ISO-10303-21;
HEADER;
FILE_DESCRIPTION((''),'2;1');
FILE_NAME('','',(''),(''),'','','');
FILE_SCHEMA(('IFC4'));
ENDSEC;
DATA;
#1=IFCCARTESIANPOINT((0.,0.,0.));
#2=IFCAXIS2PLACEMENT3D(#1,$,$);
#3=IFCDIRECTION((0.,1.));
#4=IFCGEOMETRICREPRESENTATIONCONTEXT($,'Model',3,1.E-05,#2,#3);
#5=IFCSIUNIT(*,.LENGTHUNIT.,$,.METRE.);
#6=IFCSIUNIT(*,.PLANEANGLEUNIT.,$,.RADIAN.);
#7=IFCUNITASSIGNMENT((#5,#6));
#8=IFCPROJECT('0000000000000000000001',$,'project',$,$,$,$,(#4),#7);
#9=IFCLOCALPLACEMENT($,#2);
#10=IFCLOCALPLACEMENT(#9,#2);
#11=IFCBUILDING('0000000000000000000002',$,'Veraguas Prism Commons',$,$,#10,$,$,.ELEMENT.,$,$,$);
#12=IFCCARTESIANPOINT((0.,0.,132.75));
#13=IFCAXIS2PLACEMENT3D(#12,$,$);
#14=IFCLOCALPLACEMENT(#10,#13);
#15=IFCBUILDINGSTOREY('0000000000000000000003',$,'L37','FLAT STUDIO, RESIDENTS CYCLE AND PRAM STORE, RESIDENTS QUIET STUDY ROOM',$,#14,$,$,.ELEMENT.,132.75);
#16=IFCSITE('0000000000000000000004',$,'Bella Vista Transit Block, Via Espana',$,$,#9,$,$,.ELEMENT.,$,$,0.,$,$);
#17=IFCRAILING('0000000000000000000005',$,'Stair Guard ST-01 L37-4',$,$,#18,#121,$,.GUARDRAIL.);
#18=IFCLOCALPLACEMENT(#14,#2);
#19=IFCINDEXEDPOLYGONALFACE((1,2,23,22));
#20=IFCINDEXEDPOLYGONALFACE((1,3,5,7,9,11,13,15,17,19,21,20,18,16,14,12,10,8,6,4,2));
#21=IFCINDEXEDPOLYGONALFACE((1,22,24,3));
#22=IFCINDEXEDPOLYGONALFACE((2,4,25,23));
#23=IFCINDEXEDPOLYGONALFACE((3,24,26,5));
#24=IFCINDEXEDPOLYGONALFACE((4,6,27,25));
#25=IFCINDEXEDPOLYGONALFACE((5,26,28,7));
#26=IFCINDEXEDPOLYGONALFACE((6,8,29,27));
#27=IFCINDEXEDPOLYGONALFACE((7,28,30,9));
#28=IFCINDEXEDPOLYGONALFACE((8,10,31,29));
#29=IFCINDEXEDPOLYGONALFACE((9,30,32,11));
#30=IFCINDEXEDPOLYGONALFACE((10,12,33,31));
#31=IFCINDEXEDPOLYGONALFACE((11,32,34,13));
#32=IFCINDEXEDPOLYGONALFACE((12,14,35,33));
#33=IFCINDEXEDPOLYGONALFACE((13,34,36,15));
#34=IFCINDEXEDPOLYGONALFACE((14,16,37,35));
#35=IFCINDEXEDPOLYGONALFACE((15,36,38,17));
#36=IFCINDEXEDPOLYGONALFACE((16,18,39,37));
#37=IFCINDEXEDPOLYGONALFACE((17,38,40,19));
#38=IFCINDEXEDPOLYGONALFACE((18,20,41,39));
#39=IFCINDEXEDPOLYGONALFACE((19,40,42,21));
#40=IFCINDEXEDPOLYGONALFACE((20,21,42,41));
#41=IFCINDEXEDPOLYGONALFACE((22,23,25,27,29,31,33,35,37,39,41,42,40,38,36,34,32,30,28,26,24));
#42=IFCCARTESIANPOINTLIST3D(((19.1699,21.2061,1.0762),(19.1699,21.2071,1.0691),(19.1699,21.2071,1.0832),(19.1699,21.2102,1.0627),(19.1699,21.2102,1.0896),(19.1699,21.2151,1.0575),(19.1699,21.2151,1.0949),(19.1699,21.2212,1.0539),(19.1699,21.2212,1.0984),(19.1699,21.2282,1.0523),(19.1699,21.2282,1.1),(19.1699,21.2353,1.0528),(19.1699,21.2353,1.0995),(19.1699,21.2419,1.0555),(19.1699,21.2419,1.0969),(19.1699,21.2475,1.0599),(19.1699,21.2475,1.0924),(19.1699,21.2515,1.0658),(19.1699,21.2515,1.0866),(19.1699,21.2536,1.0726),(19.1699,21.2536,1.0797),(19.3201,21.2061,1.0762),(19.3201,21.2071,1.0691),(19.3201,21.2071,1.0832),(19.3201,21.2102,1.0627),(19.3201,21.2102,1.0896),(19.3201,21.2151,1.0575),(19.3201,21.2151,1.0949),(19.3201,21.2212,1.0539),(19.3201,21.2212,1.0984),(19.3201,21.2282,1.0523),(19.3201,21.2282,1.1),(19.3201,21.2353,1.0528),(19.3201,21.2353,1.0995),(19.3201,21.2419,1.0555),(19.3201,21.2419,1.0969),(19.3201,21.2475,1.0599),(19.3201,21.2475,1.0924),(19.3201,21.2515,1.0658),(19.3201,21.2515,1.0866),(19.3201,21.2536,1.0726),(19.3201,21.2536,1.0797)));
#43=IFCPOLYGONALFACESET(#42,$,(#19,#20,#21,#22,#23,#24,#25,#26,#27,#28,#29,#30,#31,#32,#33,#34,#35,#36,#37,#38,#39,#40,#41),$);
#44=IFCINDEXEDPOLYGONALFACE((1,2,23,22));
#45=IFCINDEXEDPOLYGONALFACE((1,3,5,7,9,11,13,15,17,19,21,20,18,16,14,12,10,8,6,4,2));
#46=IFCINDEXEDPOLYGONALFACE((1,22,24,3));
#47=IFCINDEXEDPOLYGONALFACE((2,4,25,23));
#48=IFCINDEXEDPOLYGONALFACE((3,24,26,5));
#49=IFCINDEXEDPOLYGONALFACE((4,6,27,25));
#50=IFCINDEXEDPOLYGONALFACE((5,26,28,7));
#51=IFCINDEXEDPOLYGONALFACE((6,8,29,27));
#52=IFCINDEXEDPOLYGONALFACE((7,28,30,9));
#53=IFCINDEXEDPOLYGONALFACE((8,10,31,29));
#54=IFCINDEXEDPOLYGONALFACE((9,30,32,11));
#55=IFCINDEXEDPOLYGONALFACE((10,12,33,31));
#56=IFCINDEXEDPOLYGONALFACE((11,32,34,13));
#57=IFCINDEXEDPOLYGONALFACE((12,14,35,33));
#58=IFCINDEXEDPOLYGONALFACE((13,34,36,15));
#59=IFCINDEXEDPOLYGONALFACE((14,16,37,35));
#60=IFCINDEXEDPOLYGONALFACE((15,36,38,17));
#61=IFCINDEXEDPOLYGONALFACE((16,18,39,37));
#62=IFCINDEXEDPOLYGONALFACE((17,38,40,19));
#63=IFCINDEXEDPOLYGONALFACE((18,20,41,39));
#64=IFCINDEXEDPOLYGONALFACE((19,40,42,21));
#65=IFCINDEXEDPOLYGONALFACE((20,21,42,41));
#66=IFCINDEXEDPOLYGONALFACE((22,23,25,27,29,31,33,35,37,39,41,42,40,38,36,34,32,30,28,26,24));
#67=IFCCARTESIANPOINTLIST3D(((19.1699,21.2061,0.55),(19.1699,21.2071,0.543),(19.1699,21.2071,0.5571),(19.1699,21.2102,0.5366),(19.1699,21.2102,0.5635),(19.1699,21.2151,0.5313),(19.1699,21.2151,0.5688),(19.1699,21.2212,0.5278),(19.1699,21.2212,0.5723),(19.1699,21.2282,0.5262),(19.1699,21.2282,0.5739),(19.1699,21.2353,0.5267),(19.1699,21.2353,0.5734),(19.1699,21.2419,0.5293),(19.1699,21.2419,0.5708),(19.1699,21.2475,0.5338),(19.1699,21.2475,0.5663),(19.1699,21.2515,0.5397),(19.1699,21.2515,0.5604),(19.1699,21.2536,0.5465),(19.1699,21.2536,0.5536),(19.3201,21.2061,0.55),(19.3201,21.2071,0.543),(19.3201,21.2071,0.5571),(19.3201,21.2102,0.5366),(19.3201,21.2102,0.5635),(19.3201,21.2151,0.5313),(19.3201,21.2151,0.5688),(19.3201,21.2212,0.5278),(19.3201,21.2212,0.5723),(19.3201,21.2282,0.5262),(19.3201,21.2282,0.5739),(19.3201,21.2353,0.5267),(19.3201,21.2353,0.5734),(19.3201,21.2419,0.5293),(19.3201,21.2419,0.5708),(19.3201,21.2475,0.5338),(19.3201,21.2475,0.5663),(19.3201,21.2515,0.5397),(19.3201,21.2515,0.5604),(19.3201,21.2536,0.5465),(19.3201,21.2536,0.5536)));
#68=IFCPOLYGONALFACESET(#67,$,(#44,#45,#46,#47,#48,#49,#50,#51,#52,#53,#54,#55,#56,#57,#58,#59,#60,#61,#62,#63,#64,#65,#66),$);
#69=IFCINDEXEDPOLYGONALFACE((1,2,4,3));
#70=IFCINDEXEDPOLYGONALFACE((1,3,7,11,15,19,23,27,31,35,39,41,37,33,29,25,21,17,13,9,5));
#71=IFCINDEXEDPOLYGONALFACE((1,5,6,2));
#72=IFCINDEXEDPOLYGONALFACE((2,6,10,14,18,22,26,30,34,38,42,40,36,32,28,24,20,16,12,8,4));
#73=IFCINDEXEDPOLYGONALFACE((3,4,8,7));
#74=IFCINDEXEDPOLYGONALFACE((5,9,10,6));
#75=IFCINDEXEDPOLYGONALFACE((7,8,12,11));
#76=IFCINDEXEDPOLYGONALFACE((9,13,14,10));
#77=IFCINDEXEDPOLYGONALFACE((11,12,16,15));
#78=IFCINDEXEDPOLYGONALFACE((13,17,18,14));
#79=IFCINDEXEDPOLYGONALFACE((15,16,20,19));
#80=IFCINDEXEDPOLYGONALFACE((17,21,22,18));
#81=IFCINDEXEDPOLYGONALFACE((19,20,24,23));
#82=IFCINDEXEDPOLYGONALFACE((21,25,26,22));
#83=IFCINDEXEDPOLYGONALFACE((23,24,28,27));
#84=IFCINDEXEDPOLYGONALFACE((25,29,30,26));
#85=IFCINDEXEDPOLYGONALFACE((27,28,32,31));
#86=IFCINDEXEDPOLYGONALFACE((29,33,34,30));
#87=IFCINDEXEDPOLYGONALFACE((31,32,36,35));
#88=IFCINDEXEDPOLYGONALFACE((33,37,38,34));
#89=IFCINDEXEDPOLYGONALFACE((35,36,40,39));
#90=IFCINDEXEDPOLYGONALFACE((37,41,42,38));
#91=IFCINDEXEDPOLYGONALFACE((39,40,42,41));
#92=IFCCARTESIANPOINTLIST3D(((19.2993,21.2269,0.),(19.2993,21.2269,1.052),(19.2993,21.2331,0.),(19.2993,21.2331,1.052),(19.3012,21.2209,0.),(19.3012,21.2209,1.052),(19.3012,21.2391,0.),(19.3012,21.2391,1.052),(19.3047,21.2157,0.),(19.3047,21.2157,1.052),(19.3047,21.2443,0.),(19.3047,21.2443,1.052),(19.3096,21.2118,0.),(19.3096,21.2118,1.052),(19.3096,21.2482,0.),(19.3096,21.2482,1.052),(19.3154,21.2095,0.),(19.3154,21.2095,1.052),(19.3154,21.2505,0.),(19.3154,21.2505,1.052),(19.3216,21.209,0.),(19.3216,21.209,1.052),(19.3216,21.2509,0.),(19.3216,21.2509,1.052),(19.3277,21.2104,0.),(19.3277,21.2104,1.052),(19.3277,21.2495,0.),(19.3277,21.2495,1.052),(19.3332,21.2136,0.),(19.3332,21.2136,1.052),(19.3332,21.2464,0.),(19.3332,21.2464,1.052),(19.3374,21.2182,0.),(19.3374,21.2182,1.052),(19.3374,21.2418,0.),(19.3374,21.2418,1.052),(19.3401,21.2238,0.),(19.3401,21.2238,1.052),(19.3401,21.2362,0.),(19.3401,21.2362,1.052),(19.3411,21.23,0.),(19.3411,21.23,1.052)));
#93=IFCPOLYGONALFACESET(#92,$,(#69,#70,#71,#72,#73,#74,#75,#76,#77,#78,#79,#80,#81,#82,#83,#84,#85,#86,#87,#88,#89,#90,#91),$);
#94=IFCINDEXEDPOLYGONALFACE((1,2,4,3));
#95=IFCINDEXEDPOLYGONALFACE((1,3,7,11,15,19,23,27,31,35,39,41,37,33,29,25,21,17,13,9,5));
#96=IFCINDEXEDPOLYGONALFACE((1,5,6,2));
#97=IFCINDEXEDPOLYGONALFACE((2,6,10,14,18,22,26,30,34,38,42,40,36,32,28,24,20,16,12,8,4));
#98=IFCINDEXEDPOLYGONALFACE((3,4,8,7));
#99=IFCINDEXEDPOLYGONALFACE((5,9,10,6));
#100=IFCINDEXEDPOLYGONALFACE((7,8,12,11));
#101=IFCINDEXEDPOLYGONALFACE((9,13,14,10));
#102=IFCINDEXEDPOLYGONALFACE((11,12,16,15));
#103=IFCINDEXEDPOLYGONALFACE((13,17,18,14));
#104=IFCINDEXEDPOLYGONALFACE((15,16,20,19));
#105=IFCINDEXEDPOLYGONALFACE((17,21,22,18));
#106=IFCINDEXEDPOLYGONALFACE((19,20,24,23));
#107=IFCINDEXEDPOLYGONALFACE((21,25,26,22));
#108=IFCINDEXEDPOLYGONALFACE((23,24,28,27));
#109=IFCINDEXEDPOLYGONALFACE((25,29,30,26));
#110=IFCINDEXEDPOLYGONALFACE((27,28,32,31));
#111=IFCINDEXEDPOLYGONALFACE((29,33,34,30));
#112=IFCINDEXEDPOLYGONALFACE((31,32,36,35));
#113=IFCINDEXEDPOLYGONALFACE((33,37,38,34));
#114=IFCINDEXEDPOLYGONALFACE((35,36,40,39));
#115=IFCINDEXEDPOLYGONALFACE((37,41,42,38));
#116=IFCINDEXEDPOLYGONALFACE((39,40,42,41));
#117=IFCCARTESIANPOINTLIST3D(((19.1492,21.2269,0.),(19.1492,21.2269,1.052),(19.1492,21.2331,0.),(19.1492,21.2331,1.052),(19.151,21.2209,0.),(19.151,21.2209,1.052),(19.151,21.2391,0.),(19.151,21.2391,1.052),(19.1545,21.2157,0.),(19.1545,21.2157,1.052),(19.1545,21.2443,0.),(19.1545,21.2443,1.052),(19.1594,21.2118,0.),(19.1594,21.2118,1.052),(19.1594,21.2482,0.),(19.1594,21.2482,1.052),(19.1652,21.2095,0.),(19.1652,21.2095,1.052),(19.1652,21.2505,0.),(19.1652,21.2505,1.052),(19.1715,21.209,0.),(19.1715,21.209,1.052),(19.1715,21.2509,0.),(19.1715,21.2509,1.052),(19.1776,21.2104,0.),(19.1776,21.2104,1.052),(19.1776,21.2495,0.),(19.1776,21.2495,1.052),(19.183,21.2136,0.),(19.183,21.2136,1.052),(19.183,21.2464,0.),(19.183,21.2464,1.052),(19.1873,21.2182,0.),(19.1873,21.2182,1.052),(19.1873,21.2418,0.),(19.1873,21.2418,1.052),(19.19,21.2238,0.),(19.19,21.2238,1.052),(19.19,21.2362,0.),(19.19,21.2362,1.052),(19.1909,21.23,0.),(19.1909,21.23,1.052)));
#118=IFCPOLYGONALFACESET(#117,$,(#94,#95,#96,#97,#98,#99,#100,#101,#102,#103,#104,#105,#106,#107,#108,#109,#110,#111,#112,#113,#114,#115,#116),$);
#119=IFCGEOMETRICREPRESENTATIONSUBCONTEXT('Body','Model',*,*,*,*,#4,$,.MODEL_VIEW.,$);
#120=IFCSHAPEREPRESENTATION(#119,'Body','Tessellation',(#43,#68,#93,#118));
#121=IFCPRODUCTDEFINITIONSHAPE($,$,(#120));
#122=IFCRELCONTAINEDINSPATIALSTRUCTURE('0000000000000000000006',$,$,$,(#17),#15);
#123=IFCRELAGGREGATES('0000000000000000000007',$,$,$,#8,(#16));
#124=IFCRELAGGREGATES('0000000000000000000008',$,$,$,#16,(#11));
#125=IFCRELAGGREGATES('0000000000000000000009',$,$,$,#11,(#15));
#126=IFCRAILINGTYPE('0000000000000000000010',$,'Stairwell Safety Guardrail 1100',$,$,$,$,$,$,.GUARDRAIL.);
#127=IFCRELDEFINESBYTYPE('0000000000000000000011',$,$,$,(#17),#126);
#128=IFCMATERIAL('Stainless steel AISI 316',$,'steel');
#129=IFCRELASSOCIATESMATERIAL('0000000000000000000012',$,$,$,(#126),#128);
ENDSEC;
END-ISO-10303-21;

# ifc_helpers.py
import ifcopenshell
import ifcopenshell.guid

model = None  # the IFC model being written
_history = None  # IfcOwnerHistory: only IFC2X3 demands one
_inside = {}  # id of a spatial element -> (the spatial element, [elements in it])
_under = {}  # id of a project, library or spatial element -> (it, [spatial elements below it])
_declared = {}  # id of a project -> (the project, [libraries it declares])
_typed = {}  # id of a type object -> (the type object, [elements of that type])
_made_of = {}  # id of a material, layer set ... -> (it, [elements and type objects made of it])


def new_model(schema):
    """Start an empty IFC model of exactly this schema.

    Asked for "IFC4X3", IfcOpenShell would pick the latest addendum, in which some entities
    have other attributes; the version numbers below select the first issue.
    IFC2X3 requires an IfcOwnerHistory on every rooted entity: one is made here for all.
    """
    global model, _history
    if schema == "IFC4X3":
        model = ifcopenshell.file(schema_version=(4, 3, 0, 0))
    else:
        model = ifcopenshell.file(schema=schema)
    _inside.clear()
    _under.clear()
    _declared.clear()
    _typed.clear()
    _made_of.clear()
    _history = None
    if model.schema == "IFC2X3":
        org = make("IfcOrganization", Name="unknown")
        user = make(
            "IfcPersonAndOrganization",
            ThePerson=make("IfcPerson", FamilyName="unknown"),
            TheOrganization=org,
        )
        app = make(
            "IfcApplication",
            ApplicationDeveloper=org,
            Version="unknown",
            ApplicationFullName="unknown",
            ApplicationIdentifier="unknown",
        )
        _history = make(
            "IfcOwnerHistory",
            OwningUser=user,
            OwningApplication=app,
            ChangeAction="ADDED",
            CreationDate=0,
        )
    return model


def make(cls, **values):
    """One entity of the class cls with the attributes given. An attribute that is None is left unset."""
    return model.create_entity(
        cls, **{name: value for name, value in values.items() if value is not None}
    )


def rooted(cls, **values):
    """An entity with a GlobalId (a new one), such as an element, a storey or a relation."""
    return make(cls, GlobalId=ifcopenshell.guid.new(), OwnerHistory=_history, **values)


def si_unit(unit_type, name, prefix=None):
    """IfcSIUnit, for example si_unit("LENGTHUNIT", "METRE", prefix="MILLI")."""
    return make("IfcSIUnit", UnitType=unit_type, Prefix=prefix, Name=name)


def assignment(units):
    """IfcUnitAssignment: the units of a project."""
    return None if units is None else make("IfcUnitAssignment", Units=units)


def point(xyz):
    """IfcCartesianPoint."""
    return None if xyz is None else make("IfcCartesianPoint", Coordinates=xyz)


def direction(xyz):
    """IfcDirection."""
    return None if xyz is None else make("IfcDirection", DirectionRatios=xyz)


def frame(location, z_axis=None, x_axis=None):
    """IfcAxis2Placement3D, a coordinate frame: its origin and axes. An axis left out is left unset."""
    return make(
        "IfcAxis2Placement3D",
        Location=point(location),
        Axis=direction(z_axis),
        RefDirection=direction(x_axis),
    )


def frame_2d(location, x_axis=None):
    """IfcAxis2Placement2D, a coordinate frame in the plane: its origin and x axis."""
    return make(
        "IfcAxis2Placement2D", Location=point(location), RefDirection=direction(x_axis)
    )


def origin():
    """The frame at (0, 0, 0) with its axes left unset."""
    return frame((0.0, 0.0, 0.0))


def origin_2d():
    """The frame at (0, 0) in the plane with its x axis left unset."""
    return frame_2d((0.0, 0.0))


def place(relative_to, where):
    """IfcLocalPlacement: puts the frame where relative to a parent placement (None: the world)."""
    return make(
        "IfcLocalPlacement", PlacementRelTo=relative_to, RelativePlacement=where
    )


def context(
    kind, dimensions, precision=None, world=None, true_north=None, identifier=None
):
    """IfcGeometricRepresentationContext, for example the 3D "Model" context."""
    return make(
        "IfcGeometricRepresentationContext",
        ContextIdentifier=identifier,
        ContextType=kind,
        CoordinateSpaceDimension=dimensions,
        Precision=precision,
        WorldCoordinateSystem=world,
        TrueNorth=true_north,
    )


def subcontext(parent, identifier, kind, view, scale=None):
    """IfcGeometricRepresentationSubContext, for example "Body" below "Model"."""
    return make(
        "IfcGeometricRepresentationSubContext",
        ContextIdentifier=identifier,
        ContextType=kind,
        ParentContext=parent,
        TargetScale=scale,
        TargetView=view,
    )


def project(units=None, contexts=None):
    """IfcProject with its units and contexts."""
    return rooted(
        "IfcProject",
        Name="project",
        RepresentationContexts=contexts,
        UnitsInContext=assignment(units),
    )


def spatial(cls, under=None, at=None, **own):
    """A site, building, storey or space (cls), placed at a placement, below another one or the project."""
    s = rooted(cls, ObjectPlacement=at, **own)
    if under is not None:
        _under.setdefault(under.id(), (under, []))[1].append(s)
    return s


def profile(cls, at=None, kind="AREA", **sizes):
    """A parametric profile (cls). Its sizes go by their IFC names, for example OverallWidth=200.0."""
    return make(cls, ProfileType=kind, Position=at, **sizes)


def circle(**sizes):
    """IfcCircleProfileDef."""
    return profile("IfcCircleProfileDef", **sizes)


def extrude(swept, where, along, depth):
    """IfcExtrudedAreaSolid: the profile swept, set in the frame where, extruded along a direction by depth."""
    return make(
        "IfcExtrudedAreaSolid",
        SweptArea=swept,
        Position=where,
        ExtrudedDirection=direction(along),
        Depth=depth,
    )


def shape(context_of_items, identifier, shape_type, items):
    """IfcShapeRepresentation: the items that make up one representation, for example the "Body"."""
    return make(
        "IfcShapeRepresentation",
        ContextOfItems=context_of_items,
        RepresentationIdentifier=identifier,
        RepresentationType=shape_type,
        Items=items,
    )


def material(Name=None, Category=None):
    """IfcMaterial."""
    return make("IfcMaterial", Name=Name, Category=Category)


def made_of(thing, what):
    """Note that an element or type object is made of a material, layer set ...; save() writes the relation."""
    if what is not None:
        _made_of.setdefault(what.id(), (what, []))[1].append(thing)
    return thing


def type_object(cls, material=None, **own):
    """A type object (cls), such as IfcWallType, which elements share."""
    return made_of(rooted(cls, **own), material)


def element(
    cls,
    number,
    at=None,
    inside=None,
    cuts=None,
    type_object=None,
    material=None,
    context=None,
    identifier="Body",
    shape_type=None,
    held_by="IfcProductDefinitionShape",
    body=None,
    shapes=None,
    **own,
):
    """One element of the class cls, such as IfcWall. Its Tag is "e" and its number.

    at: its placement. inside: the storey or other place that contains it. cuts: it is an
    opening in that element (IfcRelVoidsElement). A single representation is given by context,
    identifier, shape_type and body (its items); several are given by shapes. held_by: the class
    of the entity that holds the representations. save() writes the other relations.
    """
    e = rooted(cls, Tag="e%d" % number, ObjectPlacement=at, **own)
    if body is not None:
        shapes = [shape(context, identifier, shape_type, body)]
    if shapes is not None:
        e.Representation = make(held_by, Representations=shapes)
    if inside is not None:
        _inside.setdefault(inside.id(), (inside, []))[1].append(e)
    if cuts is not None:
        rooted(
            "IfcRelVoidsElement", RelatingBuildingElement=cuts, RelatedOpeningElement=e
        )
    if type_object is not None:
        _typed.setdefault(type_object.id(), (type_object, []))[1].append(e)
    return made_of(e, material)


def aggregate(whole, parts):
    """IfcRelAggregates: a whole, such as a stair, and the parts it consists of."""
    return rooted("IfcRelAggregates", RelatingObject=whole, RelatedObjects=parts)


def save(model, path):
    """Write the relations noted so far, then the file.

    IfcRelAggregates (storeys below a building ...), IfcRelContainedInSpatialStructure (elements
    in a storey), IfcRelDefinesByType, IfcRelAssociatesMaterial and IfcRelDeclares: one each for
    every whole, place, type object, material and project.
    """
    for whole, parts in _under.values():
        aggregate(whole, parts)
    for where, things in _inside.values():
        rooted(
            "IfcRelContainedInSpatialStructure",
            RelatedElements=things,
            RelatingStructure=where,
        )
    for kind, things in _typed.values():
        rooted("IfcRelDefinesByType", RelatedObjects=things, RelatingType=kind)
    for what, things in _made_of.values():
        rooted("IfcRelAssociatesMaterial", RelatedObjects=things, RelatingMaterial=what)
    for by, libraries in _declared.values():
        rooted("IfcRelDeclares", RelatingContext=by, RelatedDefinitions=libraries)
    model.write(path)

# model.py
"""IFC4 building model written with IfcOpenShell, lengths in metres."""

from ifc_helpers import new_model, si_unit, direction, frame, origin, origin_2d, place, context, subcontext, project, spatial, circle, extrude, material, type_object, element, save


model = new_model("IFC4")

# Units and contexts
model_context = context("Model", 3, precision=1e-05, world=origin(), true_north=direction((0.0, 1.0)))
body_context = subcontext(model_context, "Body", "Model", "MODEL_VIEW")
ifc_project = project(units=[si_unit("LENGTHUNIT", "METRE"), si_unit("PLANEANGLEUNIT", "RADIAN")], contexts=[model_context])

# Site, building, storey
site_placement = place(None, origin())
site = spatial("IfcSite", under=ifc_project, at=site_placement, Name="Bella Vista Transit Block, Via Espana", CompositionType="ELEMENT", RefElevation=0.0)
building_placement = place(site_placement, origin())
building = spatial("IfcBuilding", under=site, at=building_placement, Name="Veraguas Prism Commons", CompositionType="ELEMENT")
storey_placement = place(building_placement, frame((0.0, 0.0, 132.75)))
storey = spatial("IfcBuildingStorey", under=building, at=storey_placement, Name="L37", Description="FLAT STUDIO, RESIDENTS CYCLE AND PRAM STORE, RESIDENTS QUIET STUDY ROOM", CompositionType="ELEMENT", Elevation=132.75)

# Railing
ifc_material_1 = material(Name="Stainless steel AISI 316", Category="steel")
railing_type_1 = type_object("IfcRailingType", Name="Stairwell Safety Guardrail 1100", PredefinedType="GUARDRAIL", material=ifc_material_1)
railing_1_placement = place(storey_placement, frame((19.3201, 21.23, 0.0)))
element("IfcRailing", 1, at=railing_1_placement, inside=storey, type_object=railing_type_1, Name="Stair Guard ST-01 L37-4", PredefinedType="GUARDRAIL", context=body_context, shape_type="SweptSolid", body=[
    extrude(circle(Radius=0.0239, at=origin_2d()), frame((0.0, 0.0, 1.0762), z_axis=(-1.0, 0.0, 0.0), x_axis=(0.0, -1.0, 0.0)), (0.0, 0.0, 1.0), 0.1501),
    extrude(circle(Radius=0.0239, at=origin_2d()), frame((0.0, 0.0, 0.55), z_axis=(-1.0, 0.0, 0.0), x_axis=(0.0, -1.0, 0.0)), (0.0, 0.0, 1.0), 0.1501),
    extrude(circle(Radius=0.021, at=origin_2d()), origin(), (0.0, 0.0, 1.0), 1.052),
    extrude(circle(Radius=0.021, at=origin_2d()), frame((-0.1501, 0.0, 0.0)), (0.0, 0.0, 1.0), 1.052),
])

save(model, "model.ifc")
